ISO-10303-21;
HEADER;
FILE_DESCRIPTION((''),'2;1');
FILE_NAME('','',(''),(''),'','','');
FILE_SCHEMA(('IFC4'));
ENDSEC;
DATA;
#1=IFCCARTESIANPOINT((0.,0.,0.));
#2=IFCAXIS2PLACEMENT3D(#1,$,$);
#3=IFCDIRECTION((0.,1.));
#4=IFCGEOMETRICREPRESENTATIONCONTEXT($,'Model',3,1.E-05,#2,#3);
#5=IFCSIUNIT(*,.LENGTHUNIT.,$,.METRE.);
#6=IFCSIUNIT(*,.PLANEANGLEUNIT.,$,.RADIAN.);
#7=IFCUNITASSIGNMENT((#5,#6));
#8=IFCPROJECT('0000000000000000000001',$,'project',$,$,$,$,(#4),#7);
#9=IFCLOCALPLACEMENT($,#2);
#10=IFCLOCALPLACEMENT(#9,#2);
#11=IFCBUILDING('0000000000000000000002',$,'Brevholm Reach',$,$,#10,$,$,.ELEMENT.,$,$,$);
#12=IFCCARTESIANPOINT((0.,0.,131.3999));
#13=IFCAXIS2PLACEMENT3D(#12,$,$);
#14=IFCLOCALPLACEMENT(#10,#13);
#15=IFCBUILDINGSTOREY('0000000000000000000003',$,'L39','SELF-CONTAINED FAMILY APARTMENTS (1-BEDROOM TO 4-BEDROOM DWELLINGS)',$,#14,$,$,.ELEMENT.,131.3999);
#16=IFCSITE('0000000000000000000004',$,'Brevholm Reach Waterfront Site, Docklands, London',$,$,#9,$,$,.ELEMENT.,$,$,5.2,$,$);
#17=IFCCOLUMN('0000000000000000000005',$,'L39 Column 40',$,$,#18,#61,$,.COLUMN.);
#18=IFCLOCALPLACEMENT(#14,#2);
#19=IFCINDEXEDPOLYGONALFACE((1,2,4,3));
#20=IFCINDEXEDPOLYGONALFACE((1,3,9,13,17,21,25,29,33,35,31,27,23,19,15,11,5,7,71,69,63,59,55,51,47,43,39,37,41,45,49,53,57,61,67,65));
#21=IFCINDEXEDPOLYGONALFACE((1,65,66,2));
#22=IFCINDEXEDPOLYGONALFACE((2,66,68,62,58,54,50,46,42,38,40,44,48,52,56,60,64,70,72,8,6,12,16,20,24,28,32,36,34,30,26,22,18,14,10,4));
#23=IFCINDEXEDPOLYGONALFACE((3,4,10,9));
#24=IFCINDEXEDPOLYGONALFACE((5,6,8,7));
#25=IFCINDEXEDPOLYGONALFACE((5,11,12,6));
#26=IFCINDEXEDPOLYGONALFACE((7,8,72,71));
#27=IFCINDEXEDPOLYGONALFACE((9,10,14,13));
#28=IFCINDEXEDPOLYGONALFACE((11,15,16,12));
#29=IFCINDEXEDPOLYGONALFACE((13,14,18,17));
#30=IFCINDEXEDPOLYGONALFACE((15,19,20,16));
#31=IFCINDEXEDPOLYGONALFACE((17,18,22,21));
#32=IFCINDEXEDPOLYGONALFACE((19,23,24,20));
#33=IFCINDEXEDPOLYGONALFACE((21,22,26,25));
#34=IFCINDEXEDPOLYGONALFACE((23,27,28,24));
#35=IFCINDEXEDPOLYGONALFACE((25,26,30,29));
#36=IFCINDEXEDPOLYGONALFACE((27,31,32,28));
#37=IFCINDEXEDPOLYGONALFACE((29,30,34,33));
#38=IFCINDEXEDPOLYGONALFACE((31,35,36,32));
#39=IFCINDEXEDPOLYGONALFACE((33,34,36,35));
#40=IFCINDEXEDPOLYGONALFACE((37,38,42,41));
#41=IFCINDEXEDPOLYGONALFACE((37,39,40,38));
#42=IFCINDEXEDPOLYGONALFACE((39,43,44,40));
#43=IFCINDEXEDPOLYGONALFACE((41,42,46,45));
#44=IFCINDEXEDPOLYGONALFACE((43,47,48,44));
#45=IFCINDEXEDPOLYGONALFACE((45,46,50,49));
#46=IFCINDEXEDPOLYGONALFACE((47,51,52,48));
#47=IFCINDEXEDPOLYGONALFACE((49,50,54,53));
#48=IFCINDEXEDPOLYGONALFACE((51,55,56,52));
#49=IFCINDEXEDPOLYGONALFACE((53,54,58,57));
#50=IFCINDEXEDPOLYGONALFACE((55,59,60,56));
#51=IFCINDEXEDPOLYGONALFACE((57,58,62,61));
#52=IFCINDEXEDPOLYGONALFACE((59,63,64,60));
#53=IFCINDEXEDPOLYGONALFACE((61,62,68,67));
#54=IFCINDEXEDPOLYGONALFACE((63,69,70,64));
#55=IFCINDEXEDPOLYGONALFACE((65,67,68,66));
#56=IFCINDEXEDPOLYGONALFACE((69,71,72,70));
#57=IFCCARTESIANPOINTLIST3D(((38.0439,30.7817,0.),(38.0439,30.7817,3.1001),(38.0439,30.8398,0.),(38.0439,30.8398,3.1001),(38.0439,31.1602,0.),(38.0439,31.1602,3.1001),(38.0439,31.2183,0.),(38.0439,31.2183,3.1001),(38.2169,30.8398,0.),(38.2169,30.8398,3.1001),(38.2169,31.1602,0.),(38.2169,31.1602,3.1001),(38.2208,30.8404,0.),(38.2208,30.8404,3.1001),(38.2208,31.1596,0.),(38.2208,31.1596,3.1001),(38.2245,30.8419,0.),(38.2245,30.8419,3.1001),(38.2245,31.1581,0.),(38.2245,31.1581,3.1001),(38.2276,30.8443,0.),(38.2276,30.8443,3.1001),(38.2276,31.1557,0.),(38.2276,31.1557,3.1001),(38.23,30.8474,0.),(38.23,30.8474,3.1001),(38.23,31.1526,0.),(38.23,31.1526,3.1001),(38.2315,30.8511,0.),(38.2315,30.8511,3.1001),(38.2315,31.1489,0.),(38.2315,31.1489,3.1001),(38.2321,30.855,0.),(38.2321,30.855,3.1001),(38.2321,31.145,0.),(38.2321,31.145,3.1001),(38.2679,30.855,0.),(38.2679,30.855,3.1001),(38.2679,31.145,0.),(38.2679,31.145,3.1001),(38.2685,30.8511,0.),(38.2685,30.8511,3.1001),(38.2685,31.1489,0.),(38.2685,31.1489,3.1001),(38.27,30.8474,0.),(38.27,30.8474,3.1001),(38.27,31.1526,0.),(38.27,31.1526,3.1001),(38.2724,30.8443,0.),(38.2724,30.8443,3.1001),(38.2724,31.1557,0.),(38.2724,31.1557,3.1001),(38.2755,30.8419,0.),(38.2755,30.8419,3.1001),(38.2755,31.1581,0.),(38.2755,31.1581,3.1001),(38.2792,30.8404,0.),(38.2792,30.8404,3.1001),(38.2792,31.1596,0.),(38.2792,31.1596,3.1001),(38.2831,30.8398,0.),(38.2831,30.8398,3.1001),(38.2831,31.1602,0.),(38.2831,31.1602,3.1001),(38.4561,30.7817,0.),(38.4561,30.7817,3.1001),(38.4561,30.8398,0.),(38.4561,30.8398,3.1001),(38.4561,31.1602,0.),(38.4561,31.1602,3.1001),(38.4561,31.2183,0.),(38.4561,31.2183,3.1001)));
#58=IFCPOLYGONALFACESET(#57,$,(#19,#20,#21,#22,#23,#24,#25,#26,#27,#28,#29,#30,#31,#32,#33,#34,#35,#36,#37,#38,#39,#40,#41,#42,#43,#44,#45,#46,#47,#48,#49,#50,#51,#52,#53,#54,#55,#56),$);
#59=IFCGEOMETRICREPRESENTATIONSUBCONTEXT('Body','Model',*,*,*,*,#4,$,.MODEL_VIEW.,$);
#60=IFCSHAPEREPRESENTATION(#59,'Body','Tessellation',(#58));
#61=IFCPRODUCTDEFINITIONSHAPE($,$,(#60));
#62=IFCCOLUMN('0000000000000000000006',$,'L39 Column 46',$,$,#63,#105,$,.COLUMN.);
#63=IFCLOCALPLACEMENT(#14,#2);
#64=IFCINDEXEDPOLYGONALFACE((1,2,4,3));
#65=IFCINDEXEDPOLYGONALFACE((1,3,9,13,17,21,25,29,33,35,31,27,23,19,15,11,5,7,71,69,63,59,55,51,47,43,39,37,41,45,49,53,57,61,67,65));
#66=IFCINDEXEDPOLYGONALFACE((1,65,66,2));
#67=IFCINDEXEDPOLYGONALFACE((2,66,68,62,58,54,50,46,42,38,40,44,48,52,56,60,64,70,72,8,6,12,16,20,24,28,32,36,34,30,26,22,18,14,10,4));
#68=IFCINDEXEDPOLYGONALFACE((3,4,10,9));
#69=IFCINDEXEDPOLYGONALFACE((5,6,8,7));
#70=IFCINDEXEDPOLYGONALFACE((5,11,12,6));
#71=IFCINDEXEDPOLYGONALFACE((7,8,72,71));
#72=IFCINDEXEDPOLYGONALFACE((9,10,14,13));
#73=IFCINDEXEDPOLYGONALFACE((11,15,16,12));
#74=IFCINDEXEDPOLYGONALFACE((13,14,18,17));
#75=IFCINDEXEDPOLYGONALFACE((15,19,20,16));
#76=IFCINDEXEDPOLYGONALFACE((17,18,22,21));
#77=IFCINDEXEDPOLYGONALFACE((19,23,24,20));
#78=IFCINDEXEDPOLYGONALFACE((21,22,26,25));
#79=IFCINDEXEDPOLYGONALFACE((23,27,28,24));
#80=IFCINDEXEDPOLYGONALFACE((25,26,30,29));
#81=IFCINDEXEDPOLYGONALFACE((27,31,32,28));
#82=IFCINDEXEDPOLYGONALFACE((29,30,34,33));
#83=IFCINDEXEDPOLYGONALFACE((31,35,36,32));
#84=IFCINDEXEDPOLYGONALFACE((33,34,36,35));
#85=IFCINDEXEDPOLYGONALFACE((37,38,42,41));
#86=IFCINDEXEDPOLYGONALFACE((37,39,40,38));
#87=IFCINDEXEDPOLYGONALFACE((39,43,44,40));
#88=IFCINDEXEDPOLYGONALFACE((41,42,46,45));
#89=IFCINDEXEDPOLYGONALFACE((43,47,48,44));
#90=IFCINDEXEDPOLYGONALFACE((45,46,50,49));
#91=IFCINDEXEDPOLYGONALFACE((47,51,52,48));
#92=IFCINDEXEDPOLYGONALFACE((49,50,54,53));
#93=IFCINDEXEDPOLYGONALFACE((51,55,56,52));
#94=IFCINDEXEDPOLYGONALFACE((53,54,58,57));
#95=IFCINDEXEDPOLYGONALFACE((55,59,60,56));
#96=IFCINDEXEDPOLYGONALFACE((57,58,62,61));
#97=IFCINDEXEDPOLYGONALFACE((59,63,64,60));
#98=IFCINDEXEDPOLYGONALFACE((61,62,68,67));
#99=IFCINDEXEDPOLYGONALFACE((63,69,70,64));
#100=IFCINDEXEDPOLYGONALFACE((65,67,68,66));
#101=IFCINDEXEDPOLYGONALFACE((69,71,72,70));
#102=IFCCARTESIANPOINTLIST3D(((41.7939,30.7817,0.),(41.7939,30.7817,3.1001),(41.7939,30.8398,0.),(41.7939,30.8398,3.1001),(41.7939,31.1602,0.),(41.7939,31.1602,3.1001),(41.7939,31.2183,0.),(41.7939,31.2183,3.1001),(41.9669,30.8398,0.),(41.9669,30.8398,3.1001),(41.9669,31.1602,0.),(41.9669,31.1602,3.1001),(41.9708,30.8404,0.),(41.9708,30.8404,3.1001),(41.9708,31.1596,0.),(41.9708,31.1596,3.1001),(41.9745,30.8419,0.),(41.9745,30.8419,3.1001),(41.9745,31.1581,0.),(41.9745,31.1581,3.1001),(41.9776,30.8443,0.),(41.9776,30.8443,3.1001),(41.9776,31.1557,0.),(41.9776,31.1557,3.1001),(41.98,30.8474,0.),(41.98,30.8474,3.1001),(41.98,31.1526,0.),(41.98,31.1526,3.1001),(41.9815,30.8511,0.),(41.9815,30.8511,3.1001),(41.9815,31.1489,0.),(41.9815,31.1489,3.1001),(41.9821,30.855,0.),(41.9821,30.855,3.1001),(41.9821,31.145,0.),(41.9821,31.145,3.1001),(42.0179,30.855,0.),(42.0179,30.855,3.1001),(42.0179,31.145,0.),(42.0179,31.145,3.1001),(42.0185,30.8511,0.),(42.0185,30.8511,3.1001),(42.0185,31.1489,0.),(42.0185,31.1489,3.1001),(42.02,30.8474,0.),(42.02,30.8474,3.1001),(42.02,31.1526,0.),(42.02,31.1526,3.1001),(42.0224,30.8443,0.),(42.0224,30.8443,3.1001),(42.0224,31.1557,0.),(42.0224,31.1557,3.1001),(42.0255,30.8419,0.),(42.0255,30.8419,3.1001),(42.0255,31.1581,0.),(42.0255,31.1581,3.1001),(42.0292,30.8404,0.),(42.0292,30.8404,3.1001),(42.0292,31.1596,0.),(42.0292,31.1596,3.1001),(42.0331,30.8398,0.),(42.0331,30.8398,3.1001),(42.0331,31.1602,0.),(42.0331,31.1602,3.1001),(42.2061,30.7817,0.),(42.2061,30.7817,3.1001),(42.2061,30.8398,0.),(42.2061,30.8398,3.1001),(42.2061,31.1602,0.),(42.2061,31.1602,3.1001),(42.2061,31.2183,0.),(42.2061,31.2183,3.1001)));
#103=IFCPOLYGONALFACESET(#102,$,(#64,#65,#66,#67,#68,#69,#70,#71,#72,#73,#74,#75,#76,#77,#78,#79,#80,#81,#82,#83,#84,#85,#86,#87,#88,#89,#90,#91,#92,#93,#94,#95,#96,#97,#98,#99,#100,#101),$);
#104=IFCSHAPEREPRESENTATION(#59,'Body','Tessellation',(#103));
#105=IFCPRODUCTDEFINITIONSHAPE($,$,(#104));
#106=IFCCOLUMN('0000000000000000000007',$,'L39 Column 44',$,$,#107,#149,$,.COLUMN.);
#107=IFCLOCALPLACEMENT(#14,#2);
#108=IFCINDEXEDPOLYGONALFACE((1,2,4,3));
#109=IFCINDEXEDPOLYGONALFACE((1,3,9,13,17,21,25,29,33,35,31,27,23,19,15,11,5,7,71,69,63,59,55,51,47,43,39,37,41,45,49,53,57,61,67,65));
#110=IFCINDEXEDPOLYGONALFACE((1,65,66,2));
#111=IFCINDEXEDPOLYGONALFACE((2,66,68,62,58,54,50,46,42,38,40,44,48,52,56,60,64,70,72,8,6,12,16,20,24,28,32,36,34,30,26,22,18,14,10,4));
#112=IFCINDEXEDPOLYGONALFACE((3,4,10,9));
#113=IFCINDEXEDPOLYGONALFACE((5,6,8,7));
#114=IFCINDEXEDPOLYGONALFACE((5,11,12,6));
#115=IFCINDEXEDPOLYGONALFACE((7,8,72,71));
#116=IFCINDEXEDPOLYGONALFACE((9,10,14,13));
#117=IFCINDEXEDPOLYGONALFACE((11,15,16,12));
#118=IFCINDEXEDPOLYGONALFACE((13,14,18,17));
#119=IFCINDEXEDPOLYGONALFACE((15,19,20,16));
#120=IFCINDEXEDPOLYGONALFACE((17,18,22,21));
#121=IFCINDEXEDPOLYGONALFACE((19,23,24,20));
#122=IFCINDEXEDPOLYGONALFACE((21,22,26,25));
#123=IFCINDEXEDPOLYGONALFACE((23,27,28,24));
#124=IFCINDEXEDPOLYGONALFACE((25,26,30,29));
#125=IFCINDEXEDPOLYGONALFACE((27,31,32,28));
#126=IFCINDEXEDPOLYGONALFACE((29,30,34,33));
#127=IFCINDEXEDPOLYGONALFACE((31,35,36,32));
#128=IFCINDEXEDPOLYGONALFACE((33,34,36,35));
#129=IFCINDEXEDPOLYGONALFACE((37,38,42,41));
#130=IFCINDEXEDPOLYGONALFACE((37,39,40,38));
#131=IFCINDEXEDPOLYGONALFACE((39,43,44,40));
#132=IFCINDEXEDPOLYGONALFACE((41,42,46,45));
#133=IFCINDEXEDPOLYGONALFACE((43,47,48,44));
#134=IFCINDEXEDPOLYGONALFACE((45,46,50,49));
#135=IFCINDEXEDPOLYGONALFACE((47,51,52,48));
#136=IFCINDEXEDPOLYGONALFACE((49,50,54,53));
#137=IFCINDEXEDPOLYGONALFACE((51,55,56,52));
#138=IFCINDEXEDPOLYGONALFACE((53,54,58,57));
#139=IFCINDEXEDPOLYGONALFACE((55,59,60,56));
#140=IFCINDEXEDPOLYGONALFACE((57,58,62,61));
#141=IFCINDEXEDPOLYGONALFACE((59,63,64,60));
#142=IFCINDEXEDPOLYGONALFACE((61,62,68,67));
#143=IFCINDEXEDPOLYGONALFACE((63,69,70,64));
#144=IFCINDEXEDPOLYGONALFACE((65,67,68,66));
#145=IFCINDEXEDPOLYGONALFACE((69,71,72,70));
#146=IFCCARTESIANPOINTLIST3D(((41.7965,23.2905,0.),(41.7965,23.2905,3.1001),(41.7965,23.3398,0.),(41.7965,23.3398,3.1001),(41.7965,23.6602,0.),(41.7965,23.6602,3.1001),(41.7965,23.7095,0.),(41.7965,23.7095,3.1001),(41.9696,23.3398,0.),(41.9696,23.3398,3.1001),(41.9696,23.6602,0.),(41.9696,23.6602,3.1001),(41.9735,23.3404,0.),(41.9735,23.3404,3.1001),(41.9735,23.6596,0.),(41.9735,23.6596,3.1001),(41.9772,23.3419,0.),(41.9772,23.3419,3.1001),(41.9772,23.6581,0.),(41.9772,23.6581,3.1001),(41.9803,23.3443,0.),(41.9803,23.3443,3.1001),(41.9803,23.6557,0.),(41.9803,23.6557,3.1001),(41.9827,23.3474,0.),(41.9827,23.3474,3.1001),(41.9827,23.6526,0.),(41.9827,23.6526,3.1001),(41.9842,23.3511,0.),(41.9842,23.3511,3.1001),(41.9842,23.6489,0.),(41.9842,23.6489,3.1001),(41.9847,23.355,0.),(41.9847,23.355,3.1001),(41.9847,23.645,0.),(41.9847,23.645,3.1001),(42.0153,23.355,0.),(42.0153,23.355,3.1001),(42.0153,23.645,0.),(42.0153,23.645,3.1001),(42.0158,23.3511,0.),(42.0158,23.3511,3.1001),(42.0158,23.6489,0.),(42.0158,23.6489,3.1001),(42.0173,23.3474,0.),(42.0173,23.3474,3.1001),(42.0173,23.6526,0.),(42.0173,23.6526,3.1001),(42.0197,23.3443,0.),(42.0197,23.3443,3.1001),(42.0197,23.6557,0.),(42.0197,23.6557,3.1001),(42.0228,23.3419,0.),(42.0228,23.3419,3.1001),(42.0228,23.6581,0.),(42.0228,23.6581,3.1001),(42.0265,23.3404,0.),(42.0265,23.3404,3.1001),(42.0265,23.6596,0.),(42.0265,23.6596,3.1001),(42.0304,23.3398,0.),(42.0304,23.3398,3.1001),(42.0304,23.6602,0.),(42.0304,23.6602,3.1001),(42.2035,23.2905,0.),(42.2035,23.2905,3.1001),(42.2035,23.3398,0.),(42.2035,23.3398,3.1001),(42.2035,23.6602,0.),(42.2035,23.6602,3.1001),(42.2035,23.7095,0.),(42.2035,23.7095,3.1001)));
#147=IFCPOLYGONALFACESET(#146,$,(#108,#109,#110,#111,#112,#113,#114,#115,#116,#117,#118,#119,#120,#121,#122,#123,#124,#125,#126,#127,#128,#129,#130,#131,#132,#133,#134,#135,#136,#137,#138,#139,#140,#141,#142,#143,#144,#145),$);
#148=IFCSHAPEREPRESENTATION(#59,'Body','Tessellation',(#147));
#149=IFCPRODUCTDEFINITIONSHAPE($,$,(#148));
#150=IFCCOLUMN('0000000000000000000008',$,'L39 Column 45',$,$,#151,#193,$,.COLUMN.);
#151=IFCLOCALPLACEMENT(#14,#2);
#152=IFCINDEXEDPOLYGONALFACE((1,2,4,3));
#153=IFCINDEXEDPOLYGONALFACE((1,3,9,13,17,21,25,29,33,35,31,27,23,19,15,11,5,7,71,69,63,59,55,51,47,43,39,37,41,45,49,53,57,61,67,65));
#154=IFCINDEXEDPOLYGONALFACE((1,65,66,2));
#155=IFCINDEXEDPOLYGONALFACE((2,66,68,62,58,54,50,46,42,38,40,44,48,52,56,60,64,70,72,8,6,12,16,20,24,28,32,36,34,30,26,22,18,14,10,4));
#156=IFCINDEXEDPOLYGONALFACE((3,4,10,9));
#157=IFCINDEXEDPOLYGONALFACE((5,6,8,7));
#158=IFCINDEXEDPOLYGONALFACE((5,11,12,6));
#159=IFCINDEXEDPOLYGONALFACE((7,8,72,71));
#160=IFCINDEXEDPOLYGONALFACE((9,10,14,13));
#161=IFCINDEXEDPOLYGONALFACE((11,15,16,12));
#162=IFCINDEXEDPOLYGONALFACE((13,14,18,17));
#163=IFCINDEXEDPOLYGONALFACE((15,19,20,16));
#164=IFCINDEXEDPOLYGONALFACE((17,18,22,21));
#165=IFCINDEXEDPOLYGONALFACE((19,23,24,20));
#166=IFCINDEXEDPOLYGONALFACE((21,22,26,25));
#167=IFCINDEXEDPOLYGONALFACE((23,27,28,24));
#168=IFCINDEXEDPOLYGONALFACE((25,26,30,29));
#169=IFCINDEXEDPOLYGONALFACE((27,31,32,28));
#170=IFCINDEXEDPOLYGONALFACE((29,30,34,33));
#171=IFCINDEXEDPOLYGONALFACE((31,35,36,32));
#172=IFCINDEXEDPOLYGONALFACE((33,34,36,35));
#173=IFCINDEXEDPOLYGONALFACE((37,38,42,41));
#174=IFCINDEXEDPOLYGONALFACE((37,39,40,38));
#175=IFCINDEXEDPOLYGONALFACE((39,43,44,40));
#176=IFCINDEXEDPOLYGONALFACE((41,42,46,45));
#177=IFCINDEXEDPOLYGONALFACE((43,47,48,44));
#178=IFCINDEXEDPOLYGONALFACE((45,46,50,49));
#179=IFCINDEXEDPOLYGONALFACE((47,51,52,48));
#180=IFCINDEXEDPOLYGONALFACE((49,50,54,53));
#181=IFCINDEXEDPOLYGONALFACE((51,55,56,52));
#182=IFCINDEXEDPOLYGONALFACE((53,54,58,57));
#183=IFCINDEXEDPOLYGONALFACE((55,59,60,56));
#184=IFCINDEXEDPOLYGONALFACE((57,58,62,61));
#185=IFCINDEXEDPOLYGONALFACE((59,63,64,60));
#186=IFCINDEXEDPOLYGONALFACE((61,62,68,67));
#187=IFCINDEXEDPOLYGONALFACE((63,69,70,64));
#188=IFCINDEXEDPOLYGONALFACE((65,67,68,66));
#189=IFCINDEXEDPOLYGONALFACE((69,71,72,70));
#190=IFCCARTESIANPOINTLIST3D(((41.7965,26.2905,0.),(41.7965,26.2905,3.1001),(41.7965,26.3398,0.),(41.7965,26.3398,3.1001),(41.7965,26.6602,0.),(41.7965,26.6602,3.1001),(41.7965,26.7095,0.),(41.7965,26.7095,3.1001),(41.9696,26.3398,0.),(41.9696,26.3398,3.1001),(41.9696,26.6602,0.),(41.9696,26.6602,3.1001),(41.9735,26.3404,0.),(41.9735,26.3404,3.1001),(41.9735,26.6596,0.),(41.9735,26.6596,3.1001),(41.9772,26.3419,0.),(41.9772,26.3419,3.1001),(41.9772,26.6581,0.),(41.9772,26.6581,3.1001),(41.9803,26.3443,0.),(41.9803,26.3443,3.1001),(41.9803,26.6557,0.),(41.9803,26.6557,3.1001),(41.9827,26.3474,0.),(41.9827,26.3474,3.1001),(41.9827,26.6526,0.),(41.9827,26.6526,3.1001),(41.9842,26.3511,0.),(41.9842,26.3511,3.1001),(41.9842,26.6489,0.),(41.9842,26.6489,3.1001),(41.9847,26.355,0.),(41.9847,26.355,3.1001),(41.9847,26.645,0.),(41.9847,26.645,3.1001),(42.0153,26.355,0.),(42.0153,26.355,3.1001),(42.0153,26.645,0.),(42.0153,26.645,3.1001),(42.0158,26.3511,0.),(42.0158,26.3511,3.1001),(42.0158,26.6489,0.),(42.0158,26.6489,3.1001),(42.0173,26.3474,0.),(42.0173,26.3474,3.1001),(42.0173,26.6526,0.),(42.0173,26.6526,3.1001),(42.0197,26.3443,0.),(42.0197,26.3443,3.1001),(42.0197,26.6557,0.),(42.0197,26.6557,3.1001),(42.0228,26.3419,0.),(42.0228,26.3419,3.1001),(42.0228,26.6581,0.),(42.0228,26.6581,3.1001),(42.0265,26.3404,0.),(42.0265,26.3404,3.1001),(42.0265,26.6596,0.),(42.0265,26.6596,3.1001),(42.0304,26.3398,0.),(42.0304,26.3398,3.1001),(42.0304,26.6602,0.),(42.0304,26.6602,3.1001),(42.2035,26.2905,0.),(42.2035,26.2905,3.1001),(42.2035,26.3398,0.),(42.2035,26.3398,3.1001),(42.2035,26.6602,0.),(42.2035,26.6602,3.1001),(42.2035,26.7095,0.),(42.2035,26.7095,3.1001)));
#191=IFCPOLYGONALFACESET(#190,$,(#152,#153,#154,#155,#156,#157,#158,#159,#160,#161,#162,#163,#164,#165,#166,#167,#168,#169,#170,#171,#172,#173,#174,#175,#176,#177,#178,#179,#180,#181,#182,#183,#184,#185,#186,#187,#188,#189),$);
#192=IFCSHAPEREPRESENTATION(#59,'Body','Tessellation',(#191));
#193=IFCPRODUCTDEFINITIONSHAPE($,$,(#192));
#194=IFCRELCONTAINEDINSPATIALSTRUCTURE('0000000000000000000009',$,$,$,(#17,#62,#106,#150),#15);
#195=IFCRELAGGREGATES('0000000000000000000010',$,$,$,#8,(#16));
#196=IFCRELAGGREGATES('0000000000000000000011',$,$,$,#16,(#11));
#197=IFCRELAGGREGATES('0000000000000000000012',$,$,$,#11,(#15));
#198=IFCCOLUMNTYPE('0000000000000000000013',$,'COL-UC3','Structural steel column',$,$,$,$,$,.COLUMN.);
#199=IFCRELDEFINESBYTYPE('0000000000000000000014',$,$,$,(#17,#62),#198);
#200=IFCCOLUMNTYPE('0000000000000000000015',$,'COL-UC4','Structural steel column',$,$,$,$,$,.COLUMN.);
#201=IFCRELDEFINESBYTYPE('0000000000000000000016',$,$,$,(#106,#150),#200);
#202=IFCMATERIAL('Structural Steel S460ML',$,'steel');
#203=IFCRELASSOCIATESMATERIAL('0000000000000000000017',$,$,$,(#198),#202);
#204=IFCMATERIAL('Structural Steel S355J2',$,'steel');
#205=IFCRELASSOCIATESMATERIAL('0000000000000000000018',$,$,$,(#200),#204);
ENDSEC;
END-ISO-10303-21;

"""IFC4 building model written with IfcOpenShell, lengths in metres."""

from ifc_helpers import new_model, si_unit, direction, frame, origin, origin_2d, place, context, subcontext, project, spatial, i_section, extrude, material, material_profile, profile_set, type_object, element, save


model = new_model("IFC4")

# Units and contexts
model_context = context("Model", 3, precision=1e-05, world=origin(), true_north=direction((0.0, 1.0)))
body_context = subcontext(model_context, "Body", "Model", "MODEL_VIEW")
ifc_project = project(units=[si_unit("LENGTHUNIT", "METRE"), si_unit("PLANEANGLEUNIT", "RADIAN")], contexts=[model_context])

# Site, building, storey
site_placement = place(None, origin())
site = spatial("IfcSite", under=ifc_project, at=site_placement, Name="Brevholm Reach Waterfront Site, Docklands, London", CompositionType="ELEMENT", RefElevation=5.2)
building_placement = place(site_placement, origin())
building = spatial("IfcBuilding", under=site, at=building_placement, Name="Brevholm Reach", CompositionType="ELEMENT")
storey_placement = place(building_placement, frame((0.0, 0.0, 131.3999)))
storey = spatial("IfcBuildingStorey", under=building, at=storey_placement, Name="L39", Description="SELF-CONTAINED FAMILY APARTMENTS (1-BEDROOM TO 4-BEDROOM DWELLINGS)", CompositionType="ELEMENT", Elevation=131.3999)

# Columns
ifc_material_1 = material(Name="Structural Steel S460ML", Category="steel")
ifc_material_profile_1 = material_profile(ifc_material_1, i_section(OverallWidth=0.4121, OverallDepth=0.4365, WebThickness=0.0359, FlangeThickness=0.0581, FilletRadius=0.0151, at=origin_2d()), Name="UKC 356x406x467")
ifc_profile_set_1 = profile_set([ifc_material_profile_1], Name="Structural Steel S460ML")
column_type_1 = type_object("IfcColumnType", Name="COL-UC3", Description="Structural steel column", PredefinedType="COLUMN", material=ifc_profile_set_1)
for number, where, z_axis, x_axis, name in (
    (1, (38.25, 31.0, 0.0), (0.0, 0.0, 1.0), (1.0, 0.0, 0.0), "L39 Column 40"),
    (2, (42.0, 31.0, 0.0), (0.0, 0.0, 1.0), (1.0, 0.0, 0.0), "L39 Column 46"),
):
    element("IfcColumn", number, at=place(storey_placement, frame(where, z_axis=z_axis, x_axis=x_axis)), inside=storey, type_object=column_type_1, Name=name, PredefinedType="COLUMN", context=body_context, shape_type="SweptSolid", body=[
        extrude(i_section(OverallWidth=0.4121, OverallDepth=0.4365, WebThickness=0.0359, FlangeThickness=0.0581, FilletRadius=0.0151, at=origin_2d()), origin(), (0.0, 0.0, 1.0), 3.1001),
    ])
ifc_material_2 = material(Name="Structural Steel S355J2", Category="steel")
ifc_material_profile_2 = material_profile(ifc_material_2, i_section(OverallWidth=0.407, OverallDepth=0.4189, WebThickness=0.0305, FlangeThickness=0.0493, FilletRadius=0.0151, at=origin_2d()), Name="UKC 356x406x393")
ifc_profile_set_2 = profile_set([ifc_material_profile_2], Name="Structural Steel S355J2")
column_type_2 = type_object("IfcColumnType", Name="COL-UC4", Description="Structural steel column", PredefinedType="COLUMN", material=ifc_profile_set_2)
for number, where, z_axis, x_axis, name in (
    (3, (42.0, 23.5, 0.0), (0.0, 0.0, 1.0), (1.0, 0.0, 0.0), "L39 Column 44"),
    (4, (42.0, 26.5, 0.0), (0.0, 0.0, 1.0), (1.0, 0.0, 0.0), "L39 Column 45"),
):
    element("IfcColumn", number, at=place(storey_placement, frame(where, z_axis=z_axis, x_axis=x_axis)), inside=storey, type_object=column_type_2, Name=name, PredefinedType="COLUMN", context=body_context, shape_type="SweptSolid", body=[
        extrude(i_section(OverallWidth=0.407, OverallDepth=0.4189, WebThickness=0.0305, FlangeThickness=0.0493, FilletRadius=0.0151, at=origin_2d()), origin(), (0.0, 0.0, 1.0), 3.1001),
    ])

save(model, "model.ifc")
